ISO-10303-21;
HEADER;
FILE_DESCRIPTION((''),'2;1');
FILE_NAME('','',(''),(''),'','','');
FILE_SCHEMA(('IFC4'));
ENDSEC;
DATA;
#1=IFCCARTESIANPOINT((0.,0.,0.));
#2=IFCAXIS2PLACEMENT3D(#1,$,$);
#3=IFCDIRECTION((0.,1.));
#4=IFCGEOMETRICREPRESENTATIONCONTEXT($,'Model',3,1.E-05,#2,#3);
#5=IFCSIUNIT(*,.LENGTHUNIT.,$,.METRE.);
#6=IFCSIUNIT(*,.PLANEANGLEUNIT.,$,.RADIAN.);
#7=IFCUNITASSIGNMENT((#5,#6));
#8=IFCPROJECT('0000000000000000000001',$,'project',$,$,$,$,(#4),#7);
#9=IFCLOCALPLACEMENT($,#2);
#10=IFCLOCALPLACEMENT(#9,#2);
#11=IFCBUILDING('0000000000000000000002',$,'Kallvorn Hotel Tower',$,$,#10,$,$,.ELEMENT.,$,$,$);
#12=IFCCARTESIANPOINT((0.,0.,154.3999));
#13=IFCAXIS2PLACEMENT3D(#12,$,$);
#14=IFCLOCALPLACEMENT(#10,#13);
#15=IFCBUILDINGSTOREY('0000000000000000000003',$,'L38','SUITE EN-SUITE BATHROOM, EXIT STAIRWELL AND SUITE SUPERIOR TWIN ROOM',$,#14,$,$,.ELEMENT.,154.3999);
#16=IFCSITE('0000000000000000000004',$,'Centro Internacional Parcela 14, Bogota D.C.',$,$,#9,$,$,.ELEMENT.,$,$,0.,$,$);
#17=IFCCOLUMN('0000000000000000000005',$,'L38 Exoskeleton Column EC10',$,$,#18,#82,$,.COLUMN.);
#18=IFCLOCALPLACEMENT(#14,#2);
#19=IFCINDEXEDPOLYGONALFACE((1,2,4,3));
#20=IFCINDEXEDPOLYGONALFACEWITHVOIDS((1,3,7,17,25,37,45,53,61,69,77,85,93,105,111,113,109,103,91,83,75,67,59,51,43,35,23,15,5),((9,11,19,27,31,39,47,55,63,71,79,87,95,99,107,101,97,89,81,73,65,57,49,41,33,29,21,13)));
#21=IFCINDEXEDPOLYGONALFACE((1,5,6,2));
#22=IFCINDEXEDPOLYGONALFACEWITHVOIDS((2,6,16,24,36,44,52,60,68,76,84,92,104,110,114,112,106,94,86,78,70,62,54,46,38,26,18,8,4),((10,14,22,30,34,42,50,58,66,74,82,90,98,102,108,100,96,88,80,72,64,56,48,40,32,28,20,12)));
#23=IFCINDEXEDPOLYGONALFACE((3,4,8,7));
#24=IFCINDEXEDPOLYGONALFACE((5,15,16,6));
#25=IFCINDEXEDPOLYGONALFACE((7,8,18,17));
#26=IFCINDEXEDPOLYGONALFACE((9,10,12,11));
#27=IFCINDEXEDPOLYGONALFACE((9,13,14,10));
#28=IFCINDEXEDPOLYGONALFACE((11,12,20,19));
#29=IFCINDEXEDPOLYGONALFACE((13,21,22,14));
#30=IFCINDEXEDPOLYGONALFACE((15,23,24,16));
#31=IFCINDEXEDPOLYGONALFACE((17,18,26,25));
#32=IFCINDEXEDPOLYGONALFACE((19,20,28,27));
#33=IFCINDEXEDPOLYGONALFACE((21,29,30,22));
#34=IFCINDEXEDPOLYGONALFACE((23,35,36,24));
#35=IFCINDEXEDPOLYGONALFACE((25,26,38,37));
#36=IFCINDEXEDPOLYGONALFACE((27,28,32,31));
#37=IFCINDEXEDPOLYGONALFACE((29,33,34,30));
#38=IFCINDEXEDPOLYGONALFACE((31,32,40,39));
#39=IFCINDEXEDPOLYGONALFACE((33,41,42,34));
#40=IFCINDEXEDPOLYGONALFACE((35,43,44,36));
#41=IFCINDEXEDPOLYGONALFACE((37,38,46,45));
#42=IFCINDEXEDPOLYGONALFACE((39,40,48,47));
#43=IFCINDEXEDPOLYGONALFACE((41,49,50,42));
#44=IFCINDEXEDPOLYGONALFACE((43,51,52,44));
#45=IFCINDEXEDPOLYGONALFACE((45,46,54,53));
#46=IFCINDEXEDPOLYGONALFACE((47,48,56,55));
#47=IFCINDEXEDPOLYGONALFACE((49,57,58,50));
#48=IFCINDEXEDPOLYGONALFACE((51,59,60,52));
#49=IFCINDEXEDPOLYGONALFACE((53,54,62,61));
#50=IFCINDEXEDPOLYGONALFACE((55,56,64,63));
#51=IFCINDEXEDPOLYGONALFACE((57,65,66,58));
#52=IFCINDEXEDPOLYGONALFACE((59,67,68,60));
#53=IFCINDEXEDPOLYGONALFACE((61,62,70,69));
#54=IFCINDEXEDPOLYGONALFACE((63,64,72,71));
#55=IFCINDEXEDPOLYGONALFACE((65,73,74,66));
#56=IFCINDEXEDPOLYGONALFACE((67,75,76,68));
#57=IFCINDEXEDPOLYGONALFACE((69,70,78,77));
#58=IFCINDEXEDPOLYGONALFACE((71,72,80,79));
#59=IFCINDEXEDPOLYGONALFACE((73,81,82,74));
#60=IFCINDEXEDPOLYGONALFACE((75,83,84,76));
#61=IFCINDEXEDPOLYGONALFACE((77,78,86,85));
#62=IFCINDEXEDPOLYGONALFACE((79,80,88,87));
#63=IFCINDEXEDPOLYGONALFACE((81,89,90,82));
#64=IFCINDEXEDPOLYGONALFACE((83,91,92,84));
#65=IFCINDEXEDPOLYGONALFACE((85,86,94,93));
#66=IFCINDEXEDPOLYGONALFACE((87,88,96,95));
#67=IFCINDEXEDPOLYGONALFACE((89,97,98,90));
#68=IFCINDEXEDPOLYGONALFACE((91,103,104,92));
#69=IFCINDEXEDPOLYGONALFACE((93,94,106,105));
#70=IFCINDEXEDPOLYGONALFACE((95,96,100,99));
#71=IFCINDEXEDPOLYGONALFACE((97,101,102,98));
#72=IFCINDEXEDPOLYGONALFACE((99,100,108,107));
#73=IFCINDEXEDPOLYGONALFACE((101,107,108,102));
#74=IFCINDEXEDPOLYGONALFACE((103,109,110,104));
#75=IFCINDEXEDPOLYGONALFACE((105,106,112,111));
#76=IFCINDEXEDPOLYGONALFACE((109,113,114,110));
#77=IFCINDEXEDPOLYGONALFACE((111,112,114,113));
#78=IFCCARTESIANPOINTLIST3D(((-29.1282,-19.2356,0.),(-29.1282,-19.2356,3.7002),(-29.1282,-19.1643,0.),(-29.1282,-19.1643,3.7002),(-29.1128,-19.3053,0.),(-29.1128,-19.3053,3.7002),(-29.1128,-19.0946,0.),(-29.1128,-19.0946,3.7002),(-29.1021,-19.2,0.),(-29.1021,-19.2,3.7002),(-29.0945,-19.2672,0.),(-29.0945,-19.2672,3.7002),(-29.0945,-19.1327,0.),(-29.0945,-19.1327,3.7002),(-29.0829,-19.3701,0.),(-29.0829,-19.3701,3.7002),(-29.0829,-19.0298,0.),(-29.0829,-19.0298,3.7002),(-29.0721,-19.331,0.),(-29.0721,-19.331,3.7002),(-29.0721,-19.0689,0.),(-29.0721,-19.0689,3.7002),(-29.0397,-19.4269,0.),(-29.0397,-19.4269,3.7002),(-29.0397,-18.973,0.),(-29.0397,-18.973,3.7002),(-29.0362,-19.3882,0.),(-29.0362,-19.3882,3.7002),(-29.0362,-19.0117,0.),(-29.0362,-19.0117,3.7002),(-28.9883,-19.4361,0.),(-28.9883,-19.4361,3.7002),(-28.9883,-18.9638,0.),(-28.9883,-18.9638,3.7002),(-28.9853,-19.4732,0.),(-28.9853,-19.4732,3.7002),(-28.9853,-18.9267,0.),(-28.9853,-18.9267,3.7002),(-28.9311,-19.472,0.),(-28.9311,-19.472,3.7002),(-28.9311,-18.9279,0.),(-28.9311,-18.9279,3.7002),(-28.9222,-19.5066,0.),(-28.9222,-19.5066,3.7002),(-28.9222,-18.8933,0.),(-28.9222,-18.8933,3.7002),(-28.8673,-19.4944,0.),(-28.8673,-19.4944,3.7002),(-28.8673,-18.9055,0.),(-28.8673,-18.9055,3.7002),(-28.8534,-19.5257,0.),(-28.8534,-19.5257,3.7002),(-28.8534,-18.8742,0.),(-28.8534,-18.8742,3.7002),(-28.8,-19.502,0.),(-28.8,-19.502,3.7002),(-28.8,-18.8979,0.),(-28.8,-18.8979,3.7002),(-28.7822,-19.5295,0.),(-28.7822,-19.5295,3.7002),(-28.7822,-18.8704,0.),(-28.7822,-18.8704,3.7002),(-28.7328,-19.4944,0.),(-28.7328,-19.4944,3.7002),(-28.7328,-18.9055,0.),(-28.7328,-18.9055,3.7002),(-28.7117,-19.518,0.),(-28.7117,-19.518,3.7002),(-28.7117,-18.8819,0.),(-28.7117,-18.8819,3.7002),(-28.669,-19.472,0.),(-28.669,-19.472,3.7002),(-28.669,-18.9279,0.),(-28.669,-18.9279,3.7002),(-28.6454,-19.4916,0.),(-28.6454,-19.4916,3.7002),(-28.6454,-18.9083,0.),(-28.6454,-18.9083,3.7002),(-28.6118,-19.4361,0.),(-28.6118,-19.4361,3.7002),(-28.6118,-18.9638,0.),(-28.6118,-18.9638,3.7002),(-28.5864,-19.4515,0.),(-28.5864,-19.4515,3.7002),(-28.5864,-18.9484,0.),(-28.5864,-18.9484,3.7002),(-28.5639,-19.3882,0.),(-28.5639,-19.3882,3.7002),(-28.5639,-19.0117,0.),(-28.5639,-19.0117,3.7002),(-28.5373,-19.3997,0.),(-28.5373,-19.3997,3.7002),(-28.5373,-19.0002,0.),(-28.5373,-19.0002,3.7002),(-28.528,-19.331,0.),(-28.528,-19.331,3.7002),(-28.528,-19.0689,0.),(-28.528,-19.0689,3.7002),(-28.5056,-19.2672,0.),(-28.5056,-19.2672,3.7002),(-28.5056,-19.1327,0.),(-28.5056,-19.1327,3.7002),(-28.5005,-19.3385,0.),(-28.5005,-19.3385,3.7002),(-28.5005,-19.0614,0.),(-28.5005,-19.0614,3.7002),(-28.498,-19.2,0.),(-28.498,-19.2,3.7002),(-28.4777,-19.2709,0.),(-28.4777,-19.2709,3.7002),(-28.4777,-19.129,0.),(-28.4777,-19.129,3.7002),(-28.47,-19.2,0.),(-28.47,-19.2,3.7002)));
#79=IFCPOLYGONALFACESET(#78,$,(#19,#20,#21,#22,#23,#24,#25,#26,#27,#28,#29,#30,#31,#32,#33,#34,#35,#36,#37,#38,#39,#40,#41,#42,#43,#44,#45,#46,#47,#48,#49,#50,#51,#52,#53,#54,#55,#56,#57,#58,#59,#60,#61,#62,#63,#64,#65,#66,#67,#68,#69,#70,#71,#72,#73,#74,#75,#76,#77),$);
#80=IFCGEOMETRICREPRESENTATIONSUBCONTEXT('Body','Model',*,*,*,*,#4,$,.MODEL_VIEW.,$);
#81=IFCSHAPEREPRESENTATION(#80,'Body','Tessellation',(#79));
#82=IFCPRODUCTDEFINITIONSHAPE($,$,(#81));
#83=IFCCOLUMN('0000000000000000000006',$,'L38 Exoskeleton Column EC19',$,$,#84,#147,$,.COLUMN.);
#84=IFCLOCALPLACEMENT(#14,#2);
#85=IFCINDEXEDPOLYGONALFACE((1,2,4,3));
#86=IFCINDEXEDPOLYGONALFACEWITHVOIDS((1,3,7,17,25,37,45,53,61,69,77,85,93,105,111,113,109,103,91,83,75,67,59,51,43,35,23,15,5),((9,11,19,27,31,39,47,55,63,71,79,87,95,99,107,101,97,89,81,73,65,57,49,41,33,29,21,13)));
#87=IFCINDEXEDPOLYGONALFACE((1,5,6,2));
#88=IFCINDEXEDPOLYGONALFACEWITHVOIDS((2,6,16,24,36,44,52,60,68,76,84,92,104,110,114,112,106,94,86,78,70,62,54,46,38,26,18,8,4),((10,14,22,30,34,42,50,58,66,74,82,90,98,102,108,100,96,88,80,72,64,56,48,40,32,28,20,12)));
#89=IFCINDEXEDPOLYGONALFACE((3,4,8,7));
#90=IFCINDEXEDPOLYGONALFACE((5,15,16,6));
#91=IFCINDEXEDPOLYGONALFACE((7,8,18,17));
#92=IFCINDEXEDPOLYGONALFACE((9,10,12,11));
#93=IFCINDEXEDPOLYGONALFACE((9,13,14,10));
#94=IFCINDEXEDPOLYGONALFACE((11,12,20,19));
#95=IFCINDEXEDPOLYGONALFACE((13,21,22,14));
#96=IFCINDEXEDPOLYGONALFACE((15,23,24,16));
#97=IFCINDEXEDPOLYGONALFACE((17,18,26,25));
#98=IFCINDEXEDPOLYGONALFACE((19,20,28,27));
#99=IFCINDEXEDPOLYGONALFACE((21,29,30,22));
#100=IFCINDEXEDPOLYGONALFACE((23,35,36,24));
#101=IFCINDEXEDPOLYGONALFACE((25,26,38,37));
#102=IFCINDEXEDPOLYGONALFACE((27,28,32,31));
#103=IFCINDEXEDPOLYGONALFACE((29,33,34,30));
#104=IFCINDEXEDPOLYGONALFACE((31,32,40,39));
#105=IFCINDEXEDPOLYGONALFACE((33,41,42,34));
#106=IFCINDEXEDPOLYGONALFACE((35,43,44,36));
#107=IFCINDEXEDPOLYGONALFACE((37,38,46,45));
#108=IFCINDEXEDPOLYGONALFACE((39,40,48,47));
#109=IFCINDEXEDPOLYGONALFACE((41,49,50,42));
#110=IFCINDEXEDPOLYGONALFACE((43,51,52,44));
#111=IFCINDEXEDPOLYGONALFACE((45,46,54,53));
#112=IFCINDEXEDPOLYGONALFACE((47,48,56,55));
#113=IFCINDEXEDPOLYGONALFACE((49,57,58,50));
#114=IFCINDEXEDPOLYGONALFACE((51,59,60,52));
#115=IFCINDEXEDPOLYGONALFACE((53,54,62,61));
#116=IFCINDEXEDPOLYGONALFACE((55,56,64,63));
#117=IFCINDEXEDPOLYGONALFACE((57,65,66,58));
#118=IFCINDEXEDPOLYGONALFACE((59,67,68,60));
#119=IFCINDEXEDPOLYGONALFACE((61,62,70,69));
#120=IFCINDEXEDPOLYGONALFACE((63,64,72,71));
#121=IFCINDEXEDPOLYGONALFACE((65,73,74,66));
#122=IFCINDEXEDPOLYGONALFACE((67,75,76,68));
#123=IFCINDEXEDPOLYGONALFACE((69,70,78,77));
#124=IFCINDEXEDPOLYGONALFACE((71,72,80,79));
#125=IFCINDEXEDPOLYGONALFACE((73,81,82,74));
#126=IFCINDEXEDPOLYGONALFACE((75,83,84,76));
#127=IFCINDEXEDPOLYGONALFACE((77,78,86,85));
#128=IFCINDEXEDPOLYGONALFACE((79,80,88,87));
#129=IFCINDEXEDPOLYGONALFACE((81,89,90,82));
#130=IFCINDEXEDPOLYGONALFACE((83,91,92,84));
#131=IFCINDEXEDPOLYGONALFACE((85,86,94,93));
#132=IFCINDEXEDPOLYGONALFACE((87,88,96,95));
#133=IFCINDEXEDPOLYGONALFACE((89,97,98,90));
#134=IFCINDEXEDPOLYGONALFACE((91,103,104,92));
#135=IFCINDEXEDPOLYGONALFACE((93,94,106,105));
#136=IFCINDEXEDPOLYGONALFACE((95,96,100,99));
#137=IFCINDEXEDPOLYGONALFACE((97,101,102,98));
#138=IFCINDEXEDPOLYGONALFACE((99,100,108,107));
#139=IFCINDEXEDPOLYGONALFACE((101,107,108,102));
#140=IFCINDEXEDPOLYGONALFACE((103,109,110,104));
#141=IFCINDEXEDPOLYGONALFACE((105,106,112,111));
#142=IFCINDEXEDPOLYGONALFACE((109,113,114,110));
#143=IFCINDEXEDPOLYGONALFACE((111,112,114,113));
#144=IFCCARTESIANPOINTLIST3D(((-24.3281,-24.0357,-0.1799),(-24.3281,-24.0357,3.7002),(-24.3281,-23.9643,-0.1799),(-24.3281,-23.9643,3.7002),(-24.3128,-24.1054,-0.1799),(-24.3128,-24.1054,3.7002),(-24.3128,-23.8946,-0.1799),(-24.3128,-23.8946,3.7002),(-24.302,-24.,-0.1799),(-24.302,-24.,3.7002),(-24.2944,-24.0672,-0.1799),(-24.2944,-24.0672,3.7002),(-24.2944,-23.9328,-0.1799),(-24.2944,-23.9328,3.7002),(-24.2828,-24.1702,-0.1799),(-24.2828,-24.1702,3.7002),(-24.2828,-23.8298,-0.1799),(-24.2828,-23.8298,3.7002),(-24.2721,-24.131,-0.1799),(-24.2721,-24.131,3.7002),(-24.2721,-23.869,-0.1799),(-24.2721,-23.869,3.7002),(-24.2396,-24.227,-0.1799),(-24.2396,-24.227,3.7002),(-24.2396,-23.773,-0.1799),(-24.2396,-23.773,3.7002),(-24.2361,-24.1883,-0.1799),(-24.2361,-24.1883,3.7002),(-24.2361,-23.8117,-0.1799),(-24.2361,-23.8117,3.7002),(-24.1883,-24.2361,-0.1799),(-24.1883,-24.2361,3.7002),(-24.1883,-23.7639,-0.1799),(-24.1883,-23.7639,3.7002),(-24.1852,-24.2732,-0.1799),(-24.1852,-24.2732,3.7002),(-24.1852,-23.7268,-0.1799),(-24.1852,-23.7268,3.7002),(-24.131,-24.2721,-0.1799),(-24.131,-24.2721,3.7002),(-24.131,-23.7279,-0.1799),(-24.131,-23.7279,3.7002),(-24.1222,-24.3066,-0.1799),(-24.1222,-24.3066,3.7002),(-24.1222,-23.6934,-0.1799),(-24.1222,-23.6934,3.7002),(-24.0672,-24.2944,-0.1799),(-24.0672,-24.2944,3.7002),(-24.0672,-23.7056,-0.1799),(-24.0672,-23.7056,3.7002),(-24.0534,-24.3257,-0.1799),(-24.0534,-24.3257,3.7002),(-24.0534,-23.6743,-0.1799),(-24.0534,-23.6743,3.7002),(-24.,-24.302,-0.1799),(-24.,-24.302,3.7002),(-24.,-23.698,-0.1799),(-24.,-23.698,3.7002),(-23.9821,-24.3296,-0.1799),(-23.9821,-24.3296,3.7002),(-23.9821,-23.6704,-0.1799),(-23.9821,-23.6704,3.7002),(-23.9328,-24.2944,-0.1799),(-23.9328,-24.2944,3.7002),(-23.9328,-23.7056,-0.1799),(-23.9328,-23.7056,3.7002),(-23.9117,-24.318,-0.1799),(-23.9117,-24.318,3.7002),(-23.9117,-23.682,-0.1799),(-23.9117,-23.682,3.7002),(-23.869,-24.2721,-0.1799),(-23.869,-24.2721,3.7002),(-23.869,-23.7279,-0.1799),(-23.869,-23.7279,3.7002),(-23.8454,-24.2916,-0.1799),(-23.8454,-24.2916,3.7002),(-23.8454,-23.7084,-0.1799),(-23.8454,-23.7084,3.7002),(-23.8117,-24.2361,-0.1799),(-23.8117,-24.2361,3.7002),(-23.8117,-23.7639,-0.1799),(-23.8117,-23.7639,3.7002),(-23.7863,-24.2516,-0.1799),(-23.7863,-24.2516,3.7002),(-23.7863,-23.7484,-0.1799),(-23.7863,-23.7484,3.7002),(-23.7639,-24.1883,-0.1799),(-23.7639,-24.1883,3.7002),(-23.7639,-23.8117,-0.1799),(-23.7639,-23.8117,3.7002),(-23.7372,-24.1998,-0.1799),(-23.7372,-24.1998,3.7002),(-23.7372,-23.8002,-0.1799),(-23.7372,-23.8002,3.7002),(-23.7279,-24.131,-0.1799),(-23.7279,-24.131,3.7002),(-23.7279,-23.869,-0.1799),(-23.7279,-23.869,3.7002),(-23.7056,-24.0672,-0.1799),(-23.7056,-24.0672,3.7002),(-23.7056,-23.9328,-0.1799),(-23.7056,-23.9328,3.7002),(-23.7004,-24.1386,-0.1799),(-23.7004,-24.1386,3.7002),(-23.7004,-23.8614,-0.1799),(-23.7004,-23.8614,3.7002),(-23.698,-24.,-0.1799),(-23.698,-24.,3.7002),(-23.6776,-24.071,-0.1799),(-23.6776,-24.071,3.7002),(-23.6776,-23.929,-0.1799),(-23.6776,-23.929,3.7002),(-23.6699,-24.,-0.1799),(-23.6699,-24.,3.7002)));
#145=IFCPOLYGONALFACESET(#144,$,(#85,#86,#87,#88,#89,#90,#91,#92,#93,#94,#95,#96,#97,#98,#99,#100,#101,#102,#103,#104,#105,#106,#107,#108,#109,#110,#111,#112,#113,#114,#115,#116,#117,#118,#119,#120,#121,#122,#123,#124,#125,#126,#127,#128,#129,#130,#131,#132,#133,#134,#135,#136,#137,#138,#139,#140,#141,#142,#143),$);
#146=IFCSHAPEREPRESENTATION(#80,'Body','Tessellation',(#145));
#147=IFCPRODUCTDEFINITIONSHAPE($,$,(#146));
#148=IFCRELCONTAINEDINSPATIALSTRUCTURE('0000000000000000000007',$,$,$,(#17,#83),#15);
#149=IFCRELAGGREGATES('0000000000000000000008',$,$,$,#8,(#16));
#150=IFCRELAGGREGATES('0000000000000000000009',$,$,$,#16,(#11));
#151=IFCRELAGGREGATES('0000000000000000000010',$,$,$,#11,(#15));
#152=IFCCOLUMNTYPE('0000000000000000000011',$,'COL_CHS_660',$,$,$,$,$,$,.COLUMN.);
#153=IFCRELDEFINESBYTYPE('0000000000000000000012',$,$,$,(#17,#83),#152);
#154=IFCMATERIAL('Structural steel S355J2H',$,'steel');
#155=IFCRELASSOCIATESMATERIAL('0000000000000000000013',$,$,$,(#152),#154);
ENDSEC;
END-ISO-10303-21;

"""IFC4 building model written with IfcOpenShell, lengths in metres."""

from ifc_helpers import new_model, si_unit, direction, frame, origin, origin_2d, place, context, subcontext, project, spatial, hollow_circle, extrude, material, material_profile, profile_set, type_object, element, save


model = new_model("IFC4")

# Units and contexts
model_context = context("Model", 3, precision=1e-05, world=origin(), true_north=direction((0.0, 1.0)))
body_context = subcontext(model_context, "Body", "Model", "MODEL_VIEW")
ifc_project = project(units=[si_unit("LENGTHUNIT", "METRE"), si_unit("PLANEANGLEUNIT", "RADIAN")], contexts=[model_context])

# Site, building, storey
site_placement = place(None, origin())
site = spatial("IfcSite", under=ifc_project, at=site_placement, Name="Centro Internacional Parcela 14, Bogota D.C.", CompositionType="ELEMENT", RefElevation=0.0)
building_placement = place(site_placement, origin())
building = spatial("IfcBuilding", under=site, at=building_placement, Name="Kallvorn Hotel Tower", CompositionType="ELEMENT")
storey_placement = place(building_placement, frame((0.0, 0.0, 154.3999)))
storey = spatial("IfcBuildingStorey", under=building, at=storey_placement, Name="L38", Description="SUITE EN-SUITE BATHROOM, EXIT STAIRWELL AND SUITE SUPERIOR TWIN ROOM", CompositionType="ELEMENT", Elevation=154.3999)

# Columns
ifc_material_1 = material(Name="Structural steel S355J2H", Category="steel")
ifc_material_profile_1 = material_profile(ifc_material_1, hollow_circle(Radius=0.3301, WallThickness=0.0281, at=origin_2d()), Name="CHS 660x28")
ifc_profile_set_1 = profile_set([ifc_material_profile_1], Name="Structural steel S355J2H")
column_type = type_object("IfcColumnType", Name="COL_CHS_660", PredefinedType="COLUMN", material=ifc_profile_set_1)
column_1_placement = place(storey_placement, frame((-28.8, -19.2, 0.0), z_axis=(0.0, 0.0, 1.0), x_axis=(1.0, 0.0, 0.0)))
element("IfcColumn", 1, at=column_1_placement, inside=storey, type_object=column_type, Name="L38 Exoskeleton Column EC10", PredefinedType="COLUMN", context=body_context, shape_type="SweptSolid", body=[
    extrude(hollow_circle(Radius=0.3301, WallThickness=0.0281, at=origin_2d()), origin(), (0.0, 0.0, 1.0), 3.7002),
])
column_2_placement = place(storey_placement, frame((-24.0, -24.0, -0.1799), z_axis=(0.0, 0.0, 1.0), x_axis=(1.0, 0.0, 0.0)))
element("IfcColumn", 2, at=column_2_placement, inside=storey, type_object=column_type, Name="L38 Exoskeleton Column EC19", PredefinedType="COLUMN", context=body_context, shape_type="SweptSolid", body=[
    extrude(hollow_circle(Radius=0.3301, WallThickness=0.0281, at=origin_2d()), origin(), (0.0, 0.0, 1.0), 3.8801),
])

save(model, "model.ifc")
